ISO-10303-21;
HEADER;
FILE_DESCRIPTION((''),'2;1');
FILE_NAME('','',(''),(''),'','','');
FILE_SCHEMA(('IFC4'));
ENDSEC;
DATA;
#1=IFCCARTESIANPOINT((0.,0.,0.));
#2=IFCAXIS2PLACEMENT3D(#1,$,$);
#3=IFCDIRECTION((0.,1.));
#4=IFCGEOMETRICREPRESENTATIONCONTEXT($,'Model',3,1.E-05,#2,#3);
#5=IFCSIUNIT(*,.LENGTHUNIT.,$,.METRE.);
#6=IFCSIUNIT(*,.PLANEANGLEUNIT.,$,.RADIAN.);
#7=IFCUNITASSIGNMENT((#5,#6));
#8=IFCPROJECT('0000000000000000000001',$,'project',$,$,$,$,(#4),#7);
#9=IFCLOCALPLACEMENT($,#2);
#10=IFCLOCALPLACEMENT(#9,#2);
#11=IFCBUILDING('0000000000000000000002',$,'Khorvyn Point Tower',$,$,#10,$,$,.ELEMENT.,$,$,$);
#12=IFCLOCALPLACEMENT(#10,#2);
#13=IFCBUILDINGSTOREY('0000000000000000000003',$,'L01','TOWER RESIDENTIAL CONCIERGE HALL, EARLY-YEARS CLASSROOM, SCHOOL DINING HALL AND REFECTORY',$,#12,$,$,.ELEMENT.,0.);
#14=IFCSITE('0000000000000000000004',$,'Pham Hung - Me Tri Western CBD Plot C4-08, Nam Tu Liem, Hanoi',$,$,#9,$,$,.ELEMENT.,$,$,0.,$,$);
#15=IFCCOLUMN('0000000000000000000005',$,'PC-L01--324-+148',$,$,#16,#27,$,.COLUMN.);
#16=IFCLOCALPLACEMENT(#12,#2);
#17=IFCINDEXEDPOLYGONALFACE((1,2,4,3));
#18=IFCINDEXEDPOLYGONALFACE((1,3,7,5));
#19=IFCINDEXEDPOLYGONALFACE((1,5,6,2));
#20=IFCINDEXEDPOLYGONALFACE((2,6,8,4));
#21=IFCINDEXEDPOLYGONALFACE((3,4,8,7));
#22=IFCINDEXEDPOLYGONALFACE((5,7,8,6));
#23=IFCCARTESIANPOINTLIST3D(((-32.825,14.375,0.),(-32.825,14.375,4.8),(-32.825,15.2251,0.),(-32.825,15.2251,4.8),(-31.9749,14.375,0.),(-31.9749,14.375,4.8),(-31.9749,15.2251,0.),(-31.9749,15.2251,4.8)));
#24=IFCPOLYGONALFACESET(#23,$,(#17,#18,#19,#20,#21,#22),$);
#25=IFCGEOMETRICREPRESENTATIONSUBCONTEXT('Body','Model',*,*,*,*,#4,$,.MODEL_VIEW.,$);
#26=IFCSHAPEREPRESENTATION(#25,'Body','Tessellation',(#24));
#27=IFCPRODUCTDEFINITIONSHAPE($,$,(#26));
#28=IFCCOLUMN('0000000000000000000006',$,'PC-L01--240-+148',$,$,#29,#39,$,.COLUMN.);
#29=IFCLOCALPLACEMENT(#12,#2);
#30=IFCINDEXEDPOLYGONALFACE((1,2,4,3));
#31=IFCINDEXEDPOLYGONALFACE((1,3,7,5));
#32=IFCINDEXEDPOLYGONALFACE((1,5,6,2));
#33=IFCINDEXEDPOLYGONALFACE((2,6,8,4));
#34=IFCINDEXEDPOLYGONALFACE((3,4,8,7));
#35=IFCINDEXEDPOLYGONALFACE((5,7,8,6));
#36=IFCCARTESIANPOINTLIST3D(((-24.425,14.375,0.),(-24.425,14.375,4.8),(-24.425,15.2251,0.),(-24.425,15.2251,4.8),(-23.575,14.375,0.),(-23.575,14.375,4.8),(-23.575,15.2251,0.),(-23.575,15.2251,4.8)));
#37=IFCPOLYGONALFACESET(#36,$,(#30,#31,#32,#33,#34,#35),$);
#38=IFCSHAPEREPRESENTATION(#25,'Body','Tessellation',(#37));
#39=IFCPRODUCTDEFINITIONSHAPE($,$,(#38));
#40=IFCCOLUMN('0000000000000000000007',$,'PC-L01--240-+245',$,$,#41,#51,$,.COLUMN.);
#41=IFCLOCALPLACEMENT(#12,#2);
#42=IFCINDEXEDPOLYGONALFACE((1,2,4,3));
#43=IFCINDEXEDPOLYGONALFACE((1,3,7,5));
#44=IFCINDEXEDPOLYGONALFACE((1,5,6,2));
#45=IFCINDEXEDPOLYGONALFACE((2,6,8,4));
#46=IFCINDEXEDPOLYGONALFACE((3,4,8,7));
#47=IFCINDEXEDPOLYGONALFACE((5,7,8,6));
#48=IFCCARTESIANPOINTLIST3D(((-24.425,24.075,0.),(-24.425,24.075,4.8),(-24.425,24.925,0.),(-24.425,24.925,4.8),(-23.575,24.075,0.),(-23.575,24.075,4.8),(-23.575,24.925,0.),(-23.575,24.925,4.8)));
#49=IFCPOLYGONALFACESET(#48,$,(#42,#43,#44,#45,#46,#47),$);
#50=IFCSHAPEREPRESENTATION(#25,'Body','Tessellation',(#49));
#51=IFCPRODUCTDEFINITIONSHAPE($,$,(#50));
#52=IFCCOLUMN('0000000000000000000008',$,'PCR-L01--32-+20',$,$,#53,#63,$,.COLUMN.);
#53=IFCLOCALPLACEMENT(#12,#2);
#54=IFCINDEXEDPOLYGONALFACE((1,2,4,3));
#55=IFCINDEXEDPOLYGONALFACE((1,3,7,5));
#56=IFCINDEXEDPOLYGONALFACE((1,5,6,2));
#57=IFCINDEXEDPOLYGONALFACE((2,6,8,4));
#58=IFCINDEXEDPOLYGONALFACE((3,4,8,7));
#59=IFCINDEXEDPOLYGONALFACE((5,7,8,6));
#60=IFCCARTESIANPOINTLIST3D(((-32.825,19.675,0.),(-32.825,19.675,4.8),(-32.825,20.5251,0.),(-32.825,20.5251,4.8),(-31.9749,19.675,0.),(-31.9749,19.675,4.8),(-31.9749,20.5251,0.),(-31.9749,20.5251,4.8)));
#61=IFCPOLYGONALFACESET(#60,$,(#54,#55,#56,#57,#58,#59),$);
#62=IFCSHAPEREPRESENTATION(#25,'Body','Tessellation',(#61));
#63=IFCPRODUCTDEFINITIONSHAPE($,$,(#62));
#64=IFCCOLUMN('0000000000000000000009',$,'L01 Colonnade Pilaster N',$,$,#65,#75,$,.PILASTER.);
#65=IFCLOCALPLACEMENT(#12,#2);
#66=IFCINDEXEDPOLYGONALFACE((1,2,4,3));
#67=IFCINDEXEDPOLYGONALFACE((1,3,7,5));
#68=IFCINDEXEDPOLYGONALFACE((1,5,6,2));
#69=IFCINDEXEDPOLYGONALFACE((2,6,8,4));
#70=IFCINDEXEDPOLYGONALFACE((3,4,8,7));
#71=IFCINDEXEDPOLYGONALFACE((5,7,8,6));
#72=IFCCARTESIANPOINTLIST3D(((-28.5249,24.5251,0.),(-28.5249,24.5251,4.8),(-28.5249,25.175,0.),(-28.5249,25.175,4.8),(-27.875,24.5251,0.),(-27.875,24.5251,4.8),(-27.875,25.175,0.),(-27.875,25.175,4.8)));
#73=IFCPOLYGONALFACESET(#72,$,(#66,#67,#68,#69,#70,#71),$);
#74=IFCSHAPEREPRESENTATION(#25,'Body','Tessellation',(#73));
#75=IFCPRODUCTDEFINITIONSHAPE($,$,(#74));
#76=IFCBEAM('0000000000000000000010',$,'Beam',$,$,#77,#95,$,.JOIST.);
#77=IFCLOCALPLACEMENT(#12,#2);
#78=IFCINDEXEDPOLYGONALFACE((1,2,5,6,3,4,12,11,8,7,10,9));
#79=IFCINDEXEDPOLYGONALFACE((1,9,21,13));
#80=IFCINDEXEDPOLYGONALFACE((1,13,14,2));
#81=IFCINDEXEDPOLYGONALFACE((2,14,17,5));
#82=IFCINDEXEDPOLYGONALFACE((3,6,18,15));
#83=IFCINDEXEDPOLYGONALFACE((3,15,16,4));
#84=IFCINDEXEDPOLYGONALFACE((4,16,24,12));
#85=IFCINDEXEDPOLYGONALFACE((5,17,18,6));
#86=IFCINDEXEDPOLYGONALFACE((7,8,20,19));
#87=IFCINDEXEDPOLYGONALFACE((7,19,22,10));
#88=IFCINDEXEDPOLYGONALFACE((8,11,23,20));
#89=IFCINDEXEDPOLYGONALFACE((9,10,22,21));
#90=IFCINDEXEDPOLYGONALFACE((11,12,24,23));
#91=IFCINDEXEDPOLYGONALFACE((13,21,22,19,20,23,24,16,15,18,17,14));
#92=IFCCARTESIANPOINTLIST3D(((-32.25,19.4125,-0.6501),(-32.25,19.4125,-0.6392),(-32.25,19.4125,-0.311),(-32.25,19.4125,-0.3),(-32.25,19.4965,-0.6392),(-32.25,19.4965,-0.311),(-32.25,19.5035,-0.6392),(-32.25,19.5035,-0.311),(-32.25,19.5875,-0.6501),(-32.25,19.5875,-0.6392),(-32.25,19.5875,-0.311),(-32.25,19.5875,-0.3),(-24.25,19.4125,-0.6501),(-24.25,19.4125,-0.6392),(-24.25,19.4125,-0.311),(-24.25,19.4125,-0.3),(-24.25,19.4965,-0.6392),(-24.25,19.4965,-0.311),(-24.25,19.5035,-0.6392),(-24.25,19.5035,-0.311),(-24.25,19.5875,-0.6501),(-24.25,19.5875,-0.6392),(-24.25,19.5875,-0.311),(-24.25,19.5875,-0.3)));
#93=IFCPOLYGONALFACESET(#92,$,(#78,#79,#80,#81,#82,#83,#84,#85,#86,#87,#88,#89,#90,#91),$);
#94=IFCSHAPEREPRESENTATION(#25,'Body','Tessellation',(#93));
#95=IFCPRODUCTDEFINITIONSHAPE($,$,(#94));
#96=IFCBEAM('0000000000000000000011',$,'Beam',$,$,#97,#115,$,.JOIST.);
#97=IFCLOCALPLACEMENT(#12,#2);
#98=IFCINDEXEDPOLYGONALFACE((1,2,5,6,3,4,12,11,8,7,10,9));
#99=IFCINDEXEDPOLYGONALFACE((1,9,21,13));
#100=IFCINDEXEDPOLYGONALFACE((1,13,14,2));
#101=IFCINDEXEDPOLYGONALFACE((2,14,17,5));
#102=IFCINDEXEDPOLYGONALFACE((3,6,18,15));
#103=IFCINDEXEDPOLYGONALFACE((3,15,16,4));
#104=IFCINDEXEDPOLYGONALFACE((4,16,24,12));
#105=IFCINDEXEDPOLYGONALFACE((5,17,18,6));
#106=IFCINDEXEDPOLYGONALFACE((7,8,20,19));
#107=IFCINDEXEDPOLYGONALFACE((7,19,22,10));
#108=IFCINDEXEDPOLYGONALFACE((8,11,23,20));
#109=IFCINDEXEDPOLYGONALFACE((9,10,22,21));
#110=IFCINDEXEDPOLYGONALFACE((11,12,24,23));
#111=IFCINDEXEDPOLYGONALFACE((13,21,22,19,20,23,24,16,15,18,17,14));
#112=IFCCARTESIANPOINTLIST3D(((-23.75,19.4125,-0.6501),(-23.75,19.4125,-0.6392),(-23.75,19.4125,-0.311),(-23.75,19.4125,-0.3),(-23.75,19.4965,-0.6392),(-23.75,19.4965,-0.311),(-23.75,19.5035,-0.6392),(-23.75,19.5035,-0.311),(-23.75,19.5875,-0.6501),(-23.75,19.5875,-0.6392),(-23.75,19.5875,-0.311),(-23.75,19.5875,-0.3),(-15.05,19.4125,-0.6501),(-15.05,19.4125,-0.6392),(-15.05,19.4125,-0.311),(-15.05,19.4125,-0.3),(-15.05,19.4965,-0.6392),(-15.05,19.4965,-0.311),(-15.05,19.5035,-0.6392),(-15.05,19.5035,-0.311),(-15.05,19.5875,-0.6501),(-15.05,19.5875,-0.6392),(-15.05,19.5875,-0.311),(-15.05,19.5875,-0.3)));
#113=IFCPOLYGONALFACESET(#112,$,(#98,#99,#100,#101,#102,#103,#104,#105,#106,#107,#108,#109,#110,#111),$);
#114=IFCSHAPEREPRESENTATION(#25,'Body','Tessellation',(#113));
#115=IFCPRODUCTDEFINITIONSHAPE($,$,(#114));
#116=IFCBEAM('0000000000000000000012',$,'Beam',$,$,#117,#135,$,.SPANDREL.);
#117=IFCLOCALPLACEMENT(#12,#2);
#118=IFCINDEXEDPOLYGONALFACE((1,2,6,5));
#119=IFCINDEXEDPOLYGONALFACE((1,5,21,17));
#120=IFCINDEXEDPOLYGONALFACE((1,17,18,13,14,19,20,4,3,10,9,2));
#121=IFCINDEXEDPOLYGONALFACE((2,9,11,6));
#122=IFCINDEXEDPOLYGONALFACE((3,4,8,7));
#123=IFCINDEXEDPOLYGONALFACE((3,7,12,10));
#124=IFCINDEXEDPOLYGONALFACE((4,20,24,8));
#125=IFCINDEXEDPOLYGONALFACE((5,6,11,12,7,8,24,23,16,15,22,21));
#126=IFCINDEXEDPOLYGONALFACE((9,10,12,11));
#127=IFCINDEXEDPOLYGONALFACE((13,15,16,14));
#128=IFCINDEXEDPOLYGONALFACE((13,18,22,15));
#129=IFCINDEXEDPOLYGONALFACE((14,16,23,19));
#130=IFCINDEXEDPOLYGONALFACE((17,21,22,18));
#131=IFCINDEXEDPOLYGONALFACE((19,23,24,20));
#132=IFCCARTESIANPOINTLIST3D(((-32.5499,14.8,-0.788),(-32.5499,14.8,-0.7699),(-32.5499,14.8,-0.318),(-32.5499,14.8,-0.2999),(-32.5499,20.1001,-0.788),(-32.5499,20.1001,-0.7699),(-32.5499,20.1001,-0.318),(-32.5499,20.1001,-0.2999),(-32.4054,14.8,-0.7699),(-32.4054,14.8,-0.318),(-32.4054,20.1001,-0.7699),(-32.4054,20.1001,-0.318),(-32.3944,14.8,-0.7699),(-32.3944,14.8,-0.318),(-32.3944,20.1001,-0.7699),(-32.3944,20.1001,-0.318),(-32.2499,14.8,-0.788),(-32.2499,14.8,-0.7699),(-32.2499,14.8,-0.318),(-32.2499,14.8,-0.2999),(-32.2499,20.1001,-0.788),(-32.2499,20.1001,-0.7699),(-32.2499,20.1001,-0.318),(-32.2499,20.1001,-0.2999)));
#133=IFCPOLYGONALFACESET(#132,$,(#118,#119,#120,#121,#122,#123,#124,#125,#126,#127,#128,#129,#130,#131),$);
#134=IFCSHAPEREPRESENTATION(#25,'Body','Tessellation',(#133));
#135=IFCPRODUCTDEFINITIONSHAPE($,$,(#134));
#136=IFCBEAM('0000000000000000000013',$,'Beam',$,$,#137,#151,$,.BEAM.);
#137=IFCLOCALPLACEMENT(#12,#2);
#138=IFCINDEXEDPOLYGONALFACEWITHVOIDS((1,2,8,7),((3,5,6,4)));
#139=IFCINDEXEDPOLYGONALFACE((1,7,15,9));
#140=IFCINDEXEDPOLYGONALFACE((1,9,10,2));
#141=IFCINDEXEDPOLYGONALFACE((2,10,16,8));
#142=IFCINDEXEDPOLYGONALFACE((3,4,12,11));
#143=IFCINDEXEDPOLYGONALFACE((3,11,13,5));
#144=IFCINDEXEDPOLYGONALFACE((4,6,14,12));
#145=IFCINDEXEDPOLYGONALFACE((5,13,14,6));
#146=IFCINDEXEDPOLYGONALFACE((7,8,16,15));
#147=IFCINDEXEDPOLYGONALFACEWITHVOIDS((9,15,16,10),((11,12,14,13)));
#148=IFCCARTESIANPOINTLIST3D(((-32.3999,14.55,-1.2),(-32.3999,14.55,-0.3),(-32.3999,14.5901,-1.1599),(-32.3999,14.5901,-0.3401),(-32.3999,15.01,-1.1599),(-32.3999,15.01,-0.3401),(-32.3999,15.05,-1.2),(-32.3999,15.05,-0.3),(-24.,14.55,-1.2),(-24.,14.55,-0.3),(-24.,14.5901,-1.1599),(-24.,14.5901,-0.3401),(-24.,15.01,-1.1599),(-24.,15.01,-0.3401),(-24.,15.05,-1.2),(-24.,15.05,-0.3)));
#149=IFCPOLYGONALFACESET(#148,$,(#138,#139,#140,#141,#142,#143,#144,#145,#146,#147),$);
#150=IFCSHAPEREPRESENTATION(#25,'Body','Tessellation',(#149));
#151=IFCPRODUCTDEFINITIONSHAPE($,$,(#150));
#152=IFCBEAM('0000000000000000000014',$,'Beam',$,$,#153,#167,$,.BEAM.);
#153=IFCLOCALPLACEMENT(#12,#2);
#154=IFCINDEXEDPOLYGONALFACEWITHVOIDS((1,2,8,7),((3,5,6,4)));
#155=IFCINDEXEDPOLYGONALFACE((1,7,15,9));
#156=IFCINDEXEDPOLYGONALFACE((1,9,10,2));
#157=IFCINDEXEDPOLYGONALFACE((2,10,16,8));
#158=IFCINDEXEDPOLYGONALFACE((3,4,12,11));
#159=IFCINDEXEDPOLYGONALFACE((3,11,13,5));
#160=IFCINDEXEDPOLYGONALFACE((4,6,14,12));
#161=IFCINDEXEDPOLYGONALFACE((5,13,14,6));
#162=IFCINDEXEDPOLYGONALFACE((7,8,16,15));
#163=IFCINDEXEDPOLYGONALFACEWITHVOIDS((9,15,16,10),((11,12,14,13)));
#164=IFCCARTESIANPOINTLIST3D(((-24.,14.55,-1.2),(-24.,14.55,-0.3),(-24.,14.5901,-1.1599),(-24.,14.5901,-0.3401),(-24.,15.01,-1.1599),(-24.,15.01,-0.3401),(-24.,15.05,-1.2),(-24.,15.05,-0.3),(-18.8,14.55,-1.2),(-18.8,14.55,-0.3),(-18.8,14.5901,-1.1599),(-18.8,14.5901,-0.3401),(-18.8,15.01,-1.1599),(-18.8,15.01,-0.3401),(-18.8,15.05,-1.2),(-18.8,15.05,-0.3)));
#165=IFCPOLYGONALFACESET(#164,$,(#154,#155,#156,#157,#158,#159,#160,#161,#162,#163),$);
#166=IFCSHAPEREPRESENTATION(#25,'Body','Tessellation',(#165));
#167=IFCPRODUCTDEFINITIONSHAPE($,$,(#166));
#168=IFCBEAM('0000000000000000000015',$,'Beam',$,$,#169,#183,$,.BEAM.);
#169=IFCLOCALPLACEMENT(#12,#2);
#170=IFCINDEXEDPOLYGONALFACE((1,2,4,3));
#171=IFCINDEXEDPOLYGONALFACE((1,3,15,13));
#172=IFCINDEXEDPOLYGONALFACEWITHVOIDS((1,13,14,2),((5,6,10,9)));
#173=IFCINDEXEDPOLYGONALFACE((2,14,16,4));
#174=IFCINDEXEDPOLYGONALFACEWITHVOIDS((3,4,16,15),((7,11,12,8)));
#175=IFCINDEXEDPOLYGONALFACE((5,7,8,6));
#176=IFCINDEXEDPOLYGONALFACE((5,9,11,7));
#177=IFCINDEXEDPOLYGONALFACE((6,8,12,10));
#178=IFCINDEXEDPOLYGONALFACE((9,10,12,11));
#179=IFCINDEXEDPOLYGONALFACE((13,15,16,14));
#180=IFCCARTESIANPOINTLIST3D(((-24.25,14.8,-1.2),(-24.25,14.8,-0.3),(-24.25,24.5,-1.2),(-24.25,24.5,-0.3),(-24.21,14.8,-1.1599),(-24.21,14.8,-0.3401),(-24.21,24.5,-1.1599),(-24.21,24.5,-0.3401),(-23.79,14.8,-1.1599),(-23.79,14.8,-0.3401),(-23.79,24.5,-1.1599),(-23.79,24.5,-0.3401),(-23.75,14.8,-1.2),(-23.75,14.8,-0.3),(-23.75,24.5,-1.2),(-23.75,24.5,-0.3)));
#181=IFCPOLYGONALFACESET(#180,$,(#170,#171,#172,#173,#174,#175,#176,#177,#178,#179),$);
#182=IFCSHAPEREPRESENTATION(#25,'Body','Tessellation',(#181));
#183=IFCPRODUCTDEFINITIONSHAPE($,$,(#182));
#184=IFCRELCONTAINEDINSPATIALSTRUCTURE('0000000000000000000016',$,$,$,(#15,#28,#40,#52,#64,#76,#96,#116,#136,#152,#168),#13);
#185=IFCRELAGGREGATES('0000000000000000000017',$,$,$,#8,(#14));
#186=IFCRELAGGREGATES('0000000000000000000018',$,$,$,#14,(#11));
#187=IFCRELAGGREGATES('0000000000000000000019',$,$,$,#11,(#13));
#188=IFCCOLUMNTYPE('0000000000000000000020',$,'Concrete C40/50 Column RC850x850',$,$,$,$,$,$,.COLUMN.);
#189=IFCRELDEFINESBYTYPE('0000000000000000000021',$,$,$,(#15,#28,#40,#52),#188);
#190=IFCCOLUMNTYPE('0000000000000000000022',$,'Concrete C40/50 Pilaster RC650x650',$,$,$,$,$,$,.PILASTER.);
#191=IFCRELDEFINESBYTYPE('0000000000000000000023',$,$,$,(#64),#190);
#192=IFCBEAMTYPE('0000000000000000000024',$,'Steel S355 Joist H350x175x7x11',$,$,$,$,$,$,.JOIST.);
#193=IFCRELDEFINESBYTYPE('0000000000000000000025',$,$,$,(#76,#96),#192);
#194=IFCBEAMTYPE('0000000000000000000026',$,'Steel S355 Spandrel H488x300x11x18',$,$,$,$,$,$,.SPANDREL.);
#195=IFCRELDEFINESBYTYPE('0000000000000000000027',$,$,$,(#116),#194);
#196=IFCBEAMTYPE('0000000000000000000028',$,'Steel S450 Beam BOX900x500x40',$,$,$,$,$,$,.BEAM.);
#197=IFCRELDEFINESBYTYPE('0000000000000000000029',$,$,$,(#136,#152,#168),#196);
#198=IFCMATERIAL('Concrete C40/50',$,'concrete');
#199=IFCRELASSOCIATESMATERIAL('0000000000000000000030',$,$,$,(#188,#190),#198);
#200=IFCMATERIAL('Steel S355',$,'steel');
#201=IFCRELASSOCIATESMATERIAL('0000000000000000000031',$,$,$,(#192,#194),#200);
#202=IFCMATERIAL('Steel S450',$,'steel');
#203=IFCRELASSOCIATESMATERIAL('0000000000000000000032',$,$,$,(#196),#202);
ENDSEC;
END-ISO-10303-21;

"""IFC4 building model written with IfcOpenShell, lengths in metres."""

from ifc_helpers import new_model, si_unit, direction, frame, origin, origin_2d, place, context, subcontext, project, spatial, rectangle, hollow_rectangle, i_section, extrude, material, material_profile, profile_set, type_object, element, save


model = new_model("IFC4")

# Units and contexts
model_context = context("Model", 3, precision=1e-05, world=origin(), true_north=direction((0.0, 1.0)))
body_context = subcontext(model_context, "Body", "Model", "MODEL_VIEW")
ifc_project = project(units=[si_unit("LENGTHUNIT", "METRE"), si_unit("PLANEANGLEUNIT", "RADIAN")], contexts=[model_context])

# Site, building, storey
site_placement = place(None, origin())
site = spatial("IfcSite", under=ifc_project, at=site_placement, Name="Pham Hung - Me Tri Western CBD Plot C4-08, Nam Tu Liem, Hanoi", CompositionType="ELEMENT", RefElevation=0.0)
building_placement = place(site_placement, origin())
building = spatial("IfcBuilding", under=site, at=building_placement, Name="Khorvyn Point Tower", CompositionType="ELEMENT")
storey_placement = place(building_placement, origin())
storey = spatial("IfcBuildingStorey", under=building, at=storey_placement, Name="L01", Description="TOWER RESIDENTIAL CONCIERGE HALL, EARLY-YEARS CLASSROOM, SCHOOL DINING HALL AND REFECTORY", CompositionType="ELEMENT", Elevation=0.0)

# Columns
ifc_material_1 = material(Name="Concrete C40/50", Category="concrete")
ifc_material_profile_1 = material_profile(ifc_material_1, rectangle(XDim=0.8501, YDim=0.8501, at=origin_2d()))
ifc_profile_set_1 = profile_set([ifc_material_profile_1], Name="Concrete C40/50 RC850x850")
column_type_1 = type_object("IfcColumnType", Name="Concrete C40/50 Column RC850x850", PredefinedType="COLUMN", material=ifc_profile_set_1)
for number, where, z_axis, x_axis, name in (
    (1, (-32.3999, 14.8, 0.0), (0.0, 0.0, 1.0), (1.0, 0.0, 0.0), "PC-L01--324-+148"),
    (2, (-24.0, 14.8, 0.0), (0.0, 0.0, 1.0), (1.0, 0.0, 0.0), "PC-L01--240-+148"),
    (3, (-24.0, 24.5, 0.0), (0.0, 0.0, 1.0), (1.0, 0.0, 0.0), "PC-L01--240-+245"),
    (4, (-32.3999, 20.1001, 0.0), (0.0, 0.0, 1.0), (1.0, 0.0, 0.0), "PCR-L01--32-+20"),
):
    element("IfcColumn", number, at=place(storey_placement, frame(where, z_axis=z_axis, x_axis=x_axis)), inside=storey, type_object=column_type_1, Name=name, PredefinedType="COLUMN", context=body_context, shape_type="SweptSolid", body=[
        extrude(rectangle(XDim=0.8501, YDim=0.8501, at=origin_2d()), origin(), (0.0, 0.0, 1.0), 4.8),
    ])
ifc_material_profile_2 = material_profile(ifc_material_1, rectangle(XDim=0.6499, YDim=0.6499, at=origin_2d()))
ifc_profile_set_2 = profile_set([ifc_material_profile_2], Name="Concrete C40/50 RC650x650")
column_type_2 = type_object("IfcColumnType", Name="Concrete C40/50 Pilaster RC650x650", PredefinedType="PILASTER", material=ifc_profile_set_2)
column_placement = place(storey_placement, frame((-28.2, 24.8501, 0.0), z_axis=(0.0, 0.0, 1.0), x_axis=(1.0, 0.0, 0.0)))
element("IfcColumn", 5, at=column_placement, inside=storey, type_object=column_type_2, Name="L01 Colonnade Pilaster N", PredefinedType="PILASTER", context=body_context, shape_type="SweptSolid", body=[
    extrude(rectangle(XDim=0.6499, YDim=0.6499, at=origin_2d()), origin(), (0.0, 0.0, 1.0), 4.8),
])

# Beams
ifc_material_2 = material(Name="Steel S355", Category="steel")
ifc_material_profile_3 = material_profile(ifc_material_2, i_section(OverallWidth=0.175, OverallDepth=0.3501, WebThickness=0.0071, FlangeThickness=0.011, at=origin_2d()))
ifc_profile_set_3 = profile_set([ifc_material_profile_3], Name="Steel S355 H350x175x7x11")
beam_type_1 = type_object("IfcBeamType", Name="Steel S355 Joist H350x175x7x11", PredefinedType="JOIST", material=ifc_profile_set_3)
beam_1_placement = place(storey_placement, frame((-32.25, 19.5, -0.4751), z_axis=(1.0, 0.0, 0.0), x_axis=(0.0, 1.0, 0.0)))
element("IfcBeam", 6, at=beam_1_placement, inside=storey, type_object=beam_type_1, Name="Beam", PredefinedType="JOIST", context=body_context, shape_type="SweptSolid", body=[
    extrude(i_section(OverallWidth=0.175, OverallDepth=0.3501, WebThickness=0.0071, FlangeThickness=0.011, at=origin_2d()), origin(), (0.0, 0.0, 1.0), 8.0),
])
beam_2_placement = place(storey_placement, frame((-23.75, 19.5, -0.4751), z_axis=(1.0, 0.0, 0.0), x_axis=(0.0, 1.0, 0.0)))
element("IfcBeam", 7, at=beam_2_placement, inside=storey, type_object=beam_type_1, Name="Beam", PredefinedType="JOIST", context=body_context, shape_type="SweptSolid", body=[
    extrude(i_section(OverallWidth=0.175, OverallDepth=0.3501, WebThickness=0.0071, FlangeThickness=0.011, at=origin_2d()), origin(), (0.0, 0.0, 1.0), 8.7),
])
ifc_material_profile_4 = material_profile(ifc_material_2, i_section(OverallWidth=0.3, OverallDepth=0.488, WebThickness=0.011, FlangeThickness=0.0181, at=origin_2d()))
ifc_profile_set_4 = profile_set([ifc_material_profile_4], Name="Steel S355 H488x300x11x18")
beam_type_2 = type_object("IfcBeamType", Name="Steel S355 Spandrel H488x300x11x18", PredefinedType="SPANDREL", material=ifc_profile_set_4)
beam_3_placement = place(storey_placement, frame((-32.3999, 14.8, -0.5439), z_axis=(0.0, 1.0, 0.0), x_axis=(-1.0, 0.0, 0.0)))
element("IfcBeam", 8, at=beam_3_placement, inside=storey, type_object=beam_type_2, Name="Beam", PredefinedType="SPANDREL", context=body_context, shape_type="SweptSolid", body=[
    extrude(i_section(OverallWidth=0.3, OverallDepth=0.488, WebThickness=0.011, FlangeThickness=0.0181, at=origin_2d()), origin(), (0.0, 0.0, 1.0), 5.3),
])
ifc_material_3 = material(Name="Steel S450", Category="steel")
ifc_material_profile_5 = material_profile(ifc_material_3, hollow_rectangle(XDim=0.5, YDim=0.8999, WallThickness=0.04, at=origin_2d()))
ifc_profile_set_5 = profile_set([ifc_material_profile_5], Name="Steel S450 BOX900x500x40")
beam_type_3 = type_object("IfcBeamType", Name="Steel S450 Beam BOX900x500x40", PredefinedType="BEAM", material=ifc_profile_set_5)
beam_4_placement = place(storey_placement, frame((-32.3999, 14.8, -0.75), z_axis=(1.0, 0.0, 0.0), x_axis=(0.0, 1.0, 0.0)))
element("IfcBeam", 9, at=beam_4_placement, inside=storey, type_object=beam_type_3, Name="Beam", PredefinedType="BEAM", context=body_context, shape_type="SweptSolid", body=[
    extrude(hollow_rectangle(XDim=0.5, YDim=0.8999, WallThickness=0.04, at=origin_2d()), origin(), (0.0, 0.0, 1.0), 8.3999),
])
beam_5_placement = place(storey_placement, frame((-24.0, 14.8, -0.75), z_axis=(1.0, 0.0, 0.0), x_axis=(0.0, 1.0, 0.0)))
element("IfcBeam", 10, at=beam_5_placement, inside=storey, type_object=beam_type_3, Name="Beam", PredefinedType="BEAM", context=body_context, shape_type="SweptSolid", body=[
    extrude(hollow_rectangle(XDim=0.5, YDim=0.8999, WallThickness=0.04, at=origin_2d()), origin(), (0.0, 0.0, 1.0), 5.2),
])
beam_6_placement = place(storey_placement, frame((-24.0, 14.8, -0.75), z_axis=(0.0, 1.0, 0.0), x_axis=(-1.0, 0.0, 0.0)))
element("IfcBeam", 11, at=beam_6_placement, inside=storey, type_object=beam_type_3, Name="Beam", PredefinedType="BEAM", context=body_context, shape_type="SweptSolid", body=[
    extrude(hollow_rectangle(XDim=0.5, YDim=0.8999, WallThickness=0.04, at=origin_2d()), origin(), (0.0, 0.0, 1.0), 9.7),
])

save(model, "model.ifc")
